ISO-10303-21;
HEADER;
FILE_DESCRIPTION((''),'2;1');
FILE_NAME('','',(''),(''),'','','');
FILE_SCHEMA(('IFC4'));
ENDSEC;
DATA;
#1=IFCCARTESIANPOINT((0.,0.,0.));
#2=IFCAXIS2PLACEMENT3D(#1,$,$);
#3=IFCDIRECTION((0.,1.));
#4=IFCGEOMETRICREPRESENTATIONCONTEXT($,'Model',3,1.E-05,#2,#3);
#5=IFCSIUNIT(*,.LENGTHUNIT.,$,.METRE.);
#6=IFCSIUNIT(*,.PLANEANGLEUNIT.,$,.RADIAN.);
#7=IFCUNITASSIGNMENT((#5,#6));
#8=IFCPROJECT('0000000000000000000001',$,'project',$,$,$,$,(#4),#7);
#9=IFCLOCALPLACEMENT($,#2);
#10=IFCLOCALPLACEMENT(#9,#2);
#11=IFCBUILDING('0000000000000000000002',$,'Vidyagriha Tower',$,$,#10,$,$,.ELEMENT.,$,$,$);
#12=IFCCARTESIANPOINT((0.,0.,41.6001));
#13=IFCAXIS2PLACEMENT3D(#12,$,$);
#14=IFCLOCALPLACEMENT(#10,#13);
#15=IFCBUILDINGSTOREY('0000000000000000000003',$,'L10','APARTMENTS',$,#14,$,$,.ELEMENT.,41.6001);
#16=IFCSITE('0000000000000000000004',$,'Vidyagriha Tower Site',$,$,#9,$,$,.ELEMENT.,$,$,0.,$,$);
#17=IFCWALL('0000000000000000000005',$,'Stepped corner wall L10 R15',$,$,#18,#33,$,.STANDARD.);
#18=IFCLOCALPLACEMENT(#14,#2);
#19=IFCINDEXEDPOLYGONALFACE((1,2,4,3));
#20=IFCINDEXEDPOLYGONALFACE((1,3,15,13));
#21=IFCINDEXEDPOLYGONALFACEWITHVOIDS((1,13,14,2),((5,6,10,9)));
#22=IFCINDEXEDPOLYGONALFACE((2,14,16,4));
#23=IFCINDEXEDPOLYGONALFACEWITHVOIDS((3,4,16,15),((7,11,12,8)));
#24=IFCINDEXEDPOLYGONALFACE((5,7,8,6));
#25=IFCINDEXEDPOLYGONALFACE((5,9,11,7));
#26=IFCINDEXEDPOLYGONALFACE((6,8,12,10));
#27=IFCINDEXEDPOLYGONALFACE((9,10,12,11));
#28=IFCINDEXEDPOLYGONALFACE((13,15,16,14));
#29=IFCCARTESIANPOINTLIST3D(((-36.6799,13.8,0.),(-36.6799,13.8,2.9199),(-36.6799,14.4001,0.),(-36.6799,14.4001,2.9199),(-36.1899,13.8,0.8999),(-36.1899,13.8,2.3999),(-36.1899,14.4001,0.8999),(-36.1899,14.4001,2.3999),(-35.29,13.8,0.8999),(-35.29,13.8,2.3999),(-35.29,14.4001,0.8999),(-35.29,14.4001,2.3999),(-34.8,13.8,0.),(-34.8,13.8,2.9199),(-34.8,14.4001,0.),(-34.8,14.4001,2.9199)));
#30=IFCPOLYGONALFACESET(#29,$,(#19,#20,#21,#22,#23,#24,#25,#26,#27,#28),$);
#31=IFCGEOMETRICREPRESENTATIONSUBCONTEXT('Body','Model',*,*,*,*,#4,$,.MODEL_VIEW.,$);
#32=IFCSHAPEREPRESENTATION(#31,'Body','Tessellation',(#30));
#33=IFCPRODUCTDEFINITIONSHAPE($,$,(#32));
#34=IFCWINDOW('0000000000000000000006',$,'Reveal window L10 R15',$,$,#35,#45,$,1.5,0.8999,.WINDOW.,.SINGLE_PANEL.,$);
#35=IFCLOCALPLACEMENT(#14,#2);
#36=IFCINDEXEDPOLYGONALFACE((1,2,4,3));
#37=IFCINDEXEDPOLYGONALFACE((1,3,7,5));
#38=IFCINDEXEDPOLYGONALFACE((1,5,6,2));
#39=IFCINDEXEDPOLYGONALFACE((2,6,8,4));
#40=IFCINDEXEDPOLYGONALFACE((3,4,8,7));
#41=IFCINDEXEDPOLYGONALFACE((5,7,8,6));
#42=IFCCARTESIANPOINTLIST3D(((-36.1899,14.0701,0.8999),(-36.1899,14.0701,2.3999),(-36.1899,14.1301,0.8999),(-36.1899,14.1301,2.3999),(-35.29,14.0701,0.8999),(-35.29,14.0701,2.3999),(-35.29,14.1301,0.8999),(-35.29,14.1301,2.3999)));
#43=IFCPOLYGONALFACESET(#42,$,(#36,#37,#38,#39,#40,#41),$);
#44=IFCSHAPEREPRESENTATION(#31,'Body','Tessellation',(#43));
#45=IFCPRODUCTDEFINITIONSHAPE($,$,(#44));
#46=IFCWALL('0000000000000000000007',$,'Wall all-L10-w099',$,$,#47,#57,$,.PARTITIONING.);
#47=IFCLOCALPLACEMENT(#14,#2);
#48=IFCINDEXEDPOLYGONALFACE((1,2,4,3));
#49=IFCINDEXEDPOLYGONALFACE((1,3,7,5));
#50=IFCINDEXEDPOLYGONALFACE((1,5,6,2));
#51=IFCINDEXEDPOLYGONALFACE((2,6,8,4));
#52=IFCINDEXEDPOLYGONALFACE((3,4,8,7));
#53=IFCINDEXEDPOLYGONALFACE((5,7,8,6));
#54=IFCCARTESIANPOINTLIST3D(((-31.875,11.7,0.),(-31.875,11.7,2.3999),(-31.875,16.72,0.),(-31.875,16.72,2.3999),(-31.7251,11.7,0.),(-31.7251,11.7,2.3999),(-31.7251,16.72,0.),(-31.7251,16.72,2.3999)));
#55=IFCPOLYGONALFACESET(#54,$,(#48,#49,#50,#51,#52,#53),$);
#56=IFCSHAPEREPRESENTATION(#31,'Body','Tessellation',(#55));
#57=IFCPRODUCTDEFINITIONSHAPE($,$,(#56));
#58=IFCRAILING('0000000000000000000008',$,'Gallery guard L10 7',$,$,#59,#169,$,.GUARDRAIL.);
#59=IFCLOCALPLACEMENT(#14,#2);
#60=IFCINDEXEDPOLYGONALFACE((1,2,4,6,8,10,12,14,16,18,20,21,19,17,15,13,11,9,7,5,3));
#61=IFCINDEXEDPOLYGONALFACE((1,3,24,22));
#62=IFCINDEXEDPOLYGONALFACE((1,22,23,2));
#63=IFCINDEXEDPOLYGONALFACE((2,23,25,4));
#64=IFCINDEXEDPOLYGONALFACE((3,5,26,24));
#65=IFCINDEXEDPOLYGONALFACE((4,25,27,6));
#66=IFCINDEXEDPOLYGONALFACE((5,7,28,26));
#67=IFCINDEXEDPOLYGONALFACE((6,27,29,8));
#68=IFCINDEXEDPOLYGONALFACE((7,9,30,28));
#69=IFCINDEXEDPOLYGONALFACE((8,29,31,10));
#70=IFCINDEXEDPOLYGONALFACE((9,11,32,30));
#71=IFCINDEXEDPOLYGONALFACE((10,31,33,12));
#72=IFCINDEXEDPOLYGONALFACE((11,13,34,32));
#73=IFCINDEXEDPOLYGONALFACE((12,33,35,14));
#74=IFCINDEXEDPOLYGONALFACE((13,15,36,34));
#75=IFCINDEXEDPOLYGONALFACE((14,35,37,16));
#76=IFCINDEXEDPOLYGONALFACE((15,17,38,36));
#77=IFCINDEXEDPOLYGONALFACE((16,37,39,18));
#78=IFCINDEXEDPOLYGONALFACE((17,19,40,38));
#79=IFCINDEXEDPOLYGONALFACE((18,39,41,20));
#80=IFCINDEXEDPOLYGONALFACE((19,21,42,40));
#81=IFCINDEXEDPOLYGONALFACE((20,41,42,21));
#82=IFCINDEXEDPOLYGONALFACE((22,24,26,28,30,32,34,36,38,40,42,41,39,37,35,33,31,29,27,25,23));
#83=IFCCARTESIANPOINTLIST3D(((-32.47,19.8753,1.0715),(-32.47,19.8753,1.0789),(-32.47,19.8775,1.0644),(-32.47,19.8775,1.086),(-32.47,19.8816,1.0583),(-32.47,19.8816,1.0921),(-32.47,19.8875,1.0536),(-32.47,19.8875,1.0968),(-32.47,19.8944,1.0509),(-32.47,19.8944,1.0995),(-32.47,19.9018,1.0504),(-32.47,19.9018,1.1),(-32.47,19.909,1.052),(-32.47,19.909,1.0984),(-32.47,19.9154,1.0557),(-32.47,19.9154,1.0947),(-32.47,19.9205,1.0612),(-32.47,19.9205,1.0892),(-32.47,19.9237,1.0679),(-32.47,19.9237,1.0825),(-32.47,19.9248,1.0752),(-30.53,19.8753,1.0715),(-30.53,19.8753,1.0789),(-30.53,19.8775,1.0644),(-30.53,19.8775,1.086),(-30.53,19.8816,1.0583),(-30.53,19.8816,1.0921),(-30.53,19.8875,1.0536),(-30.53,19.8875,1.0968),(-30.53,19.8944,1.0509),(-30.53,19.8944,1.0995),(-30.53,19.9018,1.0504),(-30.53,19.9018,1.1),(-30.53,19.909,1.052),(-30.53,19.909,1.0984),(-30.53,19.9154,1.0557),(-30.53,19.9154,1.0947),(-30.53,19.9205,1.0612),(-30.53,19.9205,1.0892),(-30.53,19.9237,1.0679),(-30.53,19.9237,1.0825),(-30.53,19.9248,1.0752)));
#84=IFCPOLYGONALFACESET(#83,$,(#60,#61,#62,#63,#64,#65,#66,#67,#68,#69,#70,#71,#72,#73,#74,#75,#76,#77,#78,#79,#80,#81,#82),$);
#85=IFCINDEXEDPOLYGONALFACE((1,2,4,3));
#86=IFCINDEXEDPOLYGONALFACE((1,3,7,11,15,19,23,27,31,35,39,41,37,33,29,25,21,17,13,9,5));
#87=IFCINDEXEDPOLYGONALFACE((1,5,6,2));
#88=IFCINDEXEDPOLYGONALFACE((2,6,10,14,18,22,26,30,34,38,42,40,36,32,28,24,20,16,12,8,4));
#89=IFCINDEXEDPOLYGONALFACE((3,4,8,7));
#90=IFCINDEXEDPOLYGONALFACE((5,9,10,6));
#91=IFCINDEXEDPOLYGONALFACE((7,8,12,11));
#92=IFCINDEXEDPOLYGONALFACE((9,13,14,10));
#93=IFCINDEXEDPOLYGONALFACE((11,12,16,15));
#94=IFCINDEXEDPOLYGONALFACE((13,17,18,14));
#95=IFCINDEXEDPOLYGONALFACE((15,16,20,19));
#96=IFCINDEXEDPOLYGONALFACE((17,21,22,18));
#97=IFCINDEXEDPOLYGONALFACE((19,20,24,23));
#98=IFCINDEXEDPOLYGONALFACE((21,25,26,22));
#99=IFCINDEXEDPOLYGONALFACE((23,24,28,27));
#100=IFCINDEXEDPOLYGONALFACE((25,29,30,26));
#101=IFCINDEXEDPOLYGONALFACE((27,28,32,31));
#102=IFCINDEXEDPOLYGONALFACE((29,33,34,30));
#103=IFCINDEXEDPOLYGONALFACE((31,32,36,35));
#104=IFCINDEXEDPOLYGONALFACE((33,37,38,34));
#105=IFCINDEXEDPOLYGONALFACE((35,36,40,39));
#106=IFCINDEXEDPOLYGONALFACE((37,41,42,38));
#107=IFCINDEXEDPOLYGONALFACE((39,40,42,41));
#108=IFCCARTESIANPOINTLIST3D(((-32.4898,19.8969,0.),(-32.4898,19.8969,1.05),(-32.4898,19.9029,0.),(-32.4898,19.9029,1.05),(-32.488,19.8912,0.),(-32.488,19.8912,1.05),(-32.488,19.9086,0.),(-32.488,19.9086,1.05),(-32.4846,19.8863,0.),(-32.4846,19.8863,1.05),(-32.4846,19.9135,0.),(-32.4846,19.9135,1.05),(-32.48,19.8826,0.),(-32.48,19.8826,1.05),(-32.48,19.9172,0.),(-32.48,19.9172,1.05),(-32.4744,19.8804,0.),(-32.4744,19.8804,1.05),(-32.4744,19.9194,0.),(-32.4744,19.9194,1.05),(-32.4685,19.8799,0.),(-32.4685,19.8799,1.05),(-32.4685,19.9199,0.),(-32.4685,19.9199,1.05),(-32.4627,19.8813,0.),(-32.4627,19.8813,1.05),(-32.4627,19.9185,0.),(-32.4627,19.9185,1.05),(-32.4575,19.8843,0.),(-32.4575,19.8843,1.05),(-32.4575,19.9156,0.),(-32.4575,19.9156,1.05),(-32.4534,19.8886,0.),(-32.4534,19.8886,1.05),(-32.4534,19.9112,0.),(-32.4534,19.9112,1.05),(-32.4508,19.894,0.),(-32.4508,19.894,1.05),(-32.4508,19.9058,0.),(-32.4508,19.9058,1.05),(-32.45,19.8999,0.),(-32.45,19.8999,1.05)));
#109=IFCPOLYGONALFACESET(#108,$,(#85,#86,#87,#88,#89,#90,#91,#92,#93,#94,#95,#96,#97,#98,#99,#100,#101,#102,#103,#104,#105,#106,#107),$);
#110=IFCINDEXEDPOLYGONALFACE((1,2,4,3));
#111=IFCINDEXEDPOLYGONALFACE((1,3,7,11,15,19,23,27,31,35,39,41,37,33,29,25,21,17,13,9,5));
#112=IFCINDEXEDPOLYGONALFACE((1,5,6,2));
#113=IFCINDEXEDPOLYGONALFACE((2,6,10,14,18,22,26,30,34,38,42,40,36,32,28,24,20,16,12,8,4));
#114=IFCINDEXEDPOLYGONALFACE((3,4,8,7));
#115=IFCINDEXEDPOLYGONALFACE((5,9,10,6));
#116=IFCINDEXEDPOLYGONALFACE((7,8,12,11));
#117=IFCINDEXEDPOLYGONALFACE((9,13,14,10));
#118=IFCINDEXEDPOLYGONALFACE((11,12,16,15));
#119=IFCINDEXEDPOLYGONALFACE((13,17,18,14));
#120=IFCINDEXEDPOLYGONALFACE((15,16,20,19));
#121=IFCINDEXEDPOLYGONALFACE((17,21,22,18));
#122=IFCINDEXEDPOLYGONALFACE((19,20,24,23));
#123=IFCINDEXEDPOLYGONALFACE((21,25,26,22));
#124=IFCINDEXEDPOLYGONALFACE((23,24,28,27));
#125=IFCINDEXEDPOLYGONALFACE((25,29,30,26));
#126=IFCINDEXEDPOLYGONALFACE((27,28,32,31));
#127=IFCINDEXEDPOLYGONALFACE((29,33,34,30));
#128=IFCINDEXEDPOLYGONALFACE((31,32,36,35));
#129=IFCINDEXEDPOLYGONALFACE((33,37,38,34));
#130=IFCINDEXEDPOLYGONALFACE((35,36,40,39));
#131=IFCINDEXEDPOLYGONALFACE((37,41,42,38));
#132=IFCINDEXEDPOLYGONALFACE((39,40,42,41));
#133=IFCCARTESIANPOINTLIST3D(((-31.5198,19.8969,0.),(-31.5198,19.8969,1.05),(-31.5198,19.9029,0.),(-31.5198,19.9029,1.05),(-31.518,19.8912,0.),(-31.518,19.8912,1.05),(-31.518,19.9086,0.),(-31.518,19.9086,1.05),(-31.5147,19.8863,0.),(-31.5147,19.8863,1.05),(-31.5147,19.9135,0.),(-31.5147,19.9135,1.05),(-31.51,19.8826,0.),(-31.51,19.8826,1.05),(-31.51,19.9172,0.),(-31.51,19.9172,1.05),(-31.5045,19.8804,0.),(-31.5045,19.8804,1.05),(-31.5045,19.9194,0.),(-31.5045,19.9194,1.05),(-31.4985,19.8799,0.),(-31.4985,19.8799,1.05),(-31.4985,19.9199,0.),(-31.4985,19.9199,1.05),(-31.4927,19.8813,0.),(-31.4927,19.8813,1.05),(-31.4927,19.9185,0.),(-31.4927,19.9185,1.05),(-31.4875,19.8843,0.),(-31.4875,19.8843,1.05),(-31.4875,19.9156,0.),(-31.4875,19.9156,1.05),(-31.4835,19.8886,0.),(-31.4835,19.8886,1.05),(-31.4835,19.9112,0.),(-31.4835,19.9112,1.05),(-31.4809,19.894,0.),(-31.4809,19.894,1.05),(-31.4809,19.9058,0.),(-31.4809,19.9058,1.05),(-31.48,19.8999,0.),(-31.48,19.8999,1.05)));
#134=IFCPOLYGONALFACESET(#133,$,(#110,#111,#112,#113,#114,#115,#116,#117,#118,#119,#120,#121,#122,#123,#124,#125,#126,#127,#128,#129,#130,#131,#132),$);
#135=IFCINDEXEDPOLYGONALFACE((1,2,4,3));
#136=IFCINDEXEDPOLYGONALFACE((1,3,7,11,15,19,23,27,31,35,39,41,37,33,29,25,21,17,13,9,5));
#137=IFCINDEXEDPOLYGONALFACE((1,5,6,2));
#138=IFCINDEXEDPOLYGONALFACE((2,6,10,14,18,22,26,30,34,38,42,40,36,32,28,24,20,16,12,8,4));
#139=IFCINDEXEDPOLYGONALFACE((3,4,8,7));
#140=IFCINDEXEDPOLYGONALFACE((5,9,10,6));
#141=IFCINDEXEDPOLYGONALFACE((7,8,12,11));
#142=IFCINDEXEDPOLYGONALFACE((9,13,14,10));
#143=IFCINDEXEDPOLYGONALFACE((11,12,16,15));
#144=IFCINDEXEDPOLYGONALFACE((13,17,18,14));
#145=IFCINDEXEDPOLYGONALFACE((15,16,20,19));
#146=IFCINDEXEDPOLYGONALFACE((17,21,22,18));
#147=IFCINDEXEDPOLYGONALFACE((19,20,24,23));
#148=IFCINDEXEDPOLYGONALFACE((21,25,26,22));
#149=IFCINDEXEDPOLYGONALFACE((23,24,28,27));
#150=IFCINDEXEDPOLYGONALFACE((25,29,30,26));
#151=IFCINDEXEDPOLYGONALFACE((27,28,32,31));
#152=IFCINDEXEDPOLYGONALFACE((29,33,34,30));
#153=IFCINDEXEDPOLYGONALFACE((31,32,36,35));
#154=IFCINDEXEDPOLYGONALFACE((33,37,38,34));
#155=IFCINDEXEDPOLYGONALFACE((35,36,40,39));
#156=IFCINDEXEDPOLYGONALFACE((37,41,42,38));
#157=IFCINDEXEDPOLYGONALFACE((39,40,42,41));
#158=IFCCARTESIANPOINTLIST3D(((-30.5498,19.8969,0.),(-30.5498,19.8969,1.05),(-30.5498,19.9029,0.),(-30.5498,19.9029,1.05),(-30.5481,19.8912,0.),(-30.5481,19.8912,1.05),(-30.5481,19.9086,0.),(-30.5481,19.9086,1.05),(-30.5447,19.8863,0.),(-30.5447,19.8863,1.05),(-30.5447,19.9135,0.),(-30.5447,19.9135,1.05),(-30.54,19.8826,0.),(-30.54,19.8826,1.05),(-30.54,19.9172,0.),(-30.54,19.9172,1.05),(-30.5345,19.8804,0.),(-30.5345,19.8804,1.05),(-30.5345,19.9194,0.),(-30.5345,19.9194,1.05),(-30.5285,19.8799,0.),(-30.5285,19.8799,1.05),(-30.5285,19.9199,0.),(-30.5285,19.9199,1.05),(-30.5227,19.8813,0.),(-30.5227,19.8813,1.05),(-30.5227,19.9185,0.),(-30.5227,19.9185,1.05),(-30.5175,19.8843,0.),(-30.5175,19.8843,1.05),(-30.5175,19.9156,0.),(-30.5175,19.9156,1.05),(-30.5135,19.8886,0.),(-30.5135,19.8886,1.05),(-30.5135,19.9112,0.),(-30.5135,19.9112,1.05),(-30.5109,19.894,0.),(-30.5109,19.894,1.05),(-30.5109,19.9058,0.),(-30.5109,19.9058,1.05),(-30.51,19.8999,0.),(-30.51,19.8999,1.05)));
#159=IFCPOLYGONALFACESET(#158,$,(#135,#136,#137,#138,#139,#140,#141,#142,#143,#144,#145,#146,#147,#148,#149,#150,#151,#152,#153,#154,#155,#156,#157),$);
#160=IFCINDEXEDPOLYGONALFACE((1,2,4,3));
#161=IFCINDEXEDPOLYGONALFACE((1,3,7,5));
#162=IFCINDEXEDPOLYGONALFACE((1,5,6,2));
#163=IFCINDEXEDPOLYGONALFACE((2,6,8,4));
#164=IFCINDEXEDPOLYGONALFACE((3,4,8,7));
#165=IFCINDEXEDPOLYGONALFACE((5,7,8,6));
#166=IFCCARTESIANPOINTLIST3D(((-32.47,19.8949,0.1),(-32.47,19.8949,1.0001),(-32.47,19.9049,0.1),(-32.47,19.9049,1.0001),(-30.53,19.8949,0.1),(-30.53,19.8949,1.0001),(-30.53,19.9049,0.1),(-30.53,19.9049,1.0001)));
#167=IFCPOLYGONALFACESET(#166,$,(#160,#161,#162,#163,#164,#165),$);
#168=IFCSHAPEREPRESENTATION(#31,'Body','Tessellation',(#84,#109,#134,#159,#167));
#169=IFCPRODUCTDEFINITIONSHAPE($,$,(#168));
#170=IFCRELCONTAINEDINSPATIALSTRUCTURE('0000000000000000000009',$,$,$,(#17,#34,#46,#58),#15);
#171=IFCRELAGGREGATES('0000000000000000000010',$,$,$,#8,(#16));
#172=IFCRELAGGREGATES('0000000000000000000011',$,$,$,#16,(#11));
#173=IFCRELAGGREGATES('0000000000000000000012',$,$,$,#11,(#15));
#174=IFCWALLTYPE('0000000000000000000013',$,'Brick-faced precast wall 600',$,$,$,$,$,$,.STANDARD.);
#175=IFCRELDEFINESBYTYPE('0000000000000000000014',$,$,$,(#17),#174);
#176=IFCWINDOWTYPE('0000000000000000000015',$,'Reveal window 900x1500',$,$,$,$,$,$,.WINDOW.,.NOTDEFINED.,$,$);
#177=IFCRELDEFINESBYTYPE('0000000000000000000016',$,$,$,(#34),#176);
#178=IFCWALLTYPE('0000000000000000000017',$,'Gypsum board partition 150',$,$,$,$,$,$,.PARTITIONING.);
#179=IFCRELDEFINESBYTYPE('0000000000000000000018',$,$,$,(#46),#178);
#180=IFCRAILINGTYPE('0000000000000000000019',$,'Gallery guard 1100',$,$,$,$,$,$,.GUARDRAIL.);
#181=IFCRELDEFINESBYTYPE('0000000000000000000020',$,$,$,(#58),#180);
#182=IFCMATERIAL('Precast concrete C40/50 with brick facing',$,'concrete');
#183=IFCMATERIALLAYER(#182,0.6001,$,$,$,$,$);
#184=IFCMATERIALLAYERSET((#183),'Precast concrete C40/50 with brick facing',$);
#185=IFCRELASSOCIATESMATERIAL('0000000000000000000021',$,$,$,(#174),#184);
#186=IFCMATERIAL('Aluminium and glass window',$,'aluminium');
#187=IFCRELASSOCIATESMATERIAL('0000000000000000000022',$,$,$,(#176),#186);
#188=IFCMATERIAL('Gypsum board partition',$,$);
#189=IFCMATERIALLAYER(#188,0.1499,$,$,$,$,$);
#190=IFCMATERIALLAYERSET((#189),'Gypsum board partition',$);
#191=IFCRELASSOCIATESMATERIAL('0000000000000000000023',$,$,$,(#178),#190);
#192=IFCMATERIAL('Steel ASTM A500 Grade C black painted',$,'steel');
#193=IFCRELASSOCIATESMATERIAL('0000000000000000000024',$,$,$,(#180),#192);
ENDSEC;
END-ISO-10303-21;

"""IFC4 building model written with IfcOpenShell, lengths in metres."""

from ifc_helpers import new_model, si_unit, direction, frame, frame_2d, origin, origin_2d, place, context, subcontext, project, spatial, rectangle, circle, extrude, material, layer, layer_set, type_object, element, fill, save


model = new_model("IFC4")

# Units and contexts
model_context = context("Model", 3, precision=1e-05, world=origin(), true_north=direction((0.0, 1.0)))
body_context = subcontext(model_context, "Body", "Model", "MODEL_VIEW")
ifc_project = project(units=[si_unit("LENGTHUNIT", "METRE"), si_unit("PLANEANGLEUNIT", "RADIAN")], contexts=[model_context])

# Site, building, storey
site_placement = place(None, origin())
site = spatial("IfcSite", under=ifc_project, at=site_placement, Name="Vidyagriha Tower Site", CompositionType="ELEMENT", RefElevation=0.0)
building_placement = place(site_placement, origin())
building = spatial("IfcBuilding", under=site, at=building_placement, Name="Vidyagriha Tower", CompositionType="ELEMENT")
storey_placement = place(building_placement, frame((0.0, 0.0, 41.6001)))
storey = spatial("IfcBuildingStorey", under=building, at=storey_placement, Name="L10", Description="APARTMENTS", CompositionType="ELEMENT", Elevation=41.6001)

# Shared definitions
ifc_material_1 = material(Name="Precast concrete C40/50 with brick facing", Category="concrete")
ifc_layer_1 = layer(ifc_material_1, 0.6001)
ifc_layer_set_1 = layer_set([ifc_layer_1], Name="Precast concrete C40/50 with brick facing")
wall_type_1 = type_object("IfcWallType", Name="Brick-faced precast wall 600", PredefinedType="STANDARD", material=ifc_layer_set_1)

# Shared definitions
ifc_material_2 = material(Name="Aluminium and glass window", Category="aluminium")
window_type = type_object("IfcWindowType", Name="Reveal window 900x1500", PartitioningType="NOTDEFINED", PredefinedType="WINDOW", material=ifc_material_2)

# Wall, opening, window
wall_1_placement = place(storey_placement, frame((-34.8, 14.1001, 0.0), z_axis=(0.0, 0.0, 1.0), x_axis=(-1.0, 0.0, 0.0)))
wall_1 = element("IfcWall", 1, at=wall_1_placement, inside=storey, type_object=wall_type_1, Name="Stepped corner wall L10 R15", PredefinedType="STANDARD", context=body_context, shape_type="SweptSolid", body=[
    extrude(rectangle(XDim=1.8799, YDim=0.6001, at=frame_2d((0.9399, 0.0))), origin(), (0.0, 0.0, 1.0), 2.9199),
])
opening_1_placement = place(wall_1_placement, frame((0.49, 0.0, 0.8999)))
opening_1 = element("IfcOpeningElement", 2, at=opening_1_placement, cuts=wall_1, PredefinedType="OPENING", context=body_context, shape_type="SweptSolid", body=[
    extrude(rectangle(XDim=0.8999, YDim=1.5, at=frame_2d((0.45, 0.75))), frame((0.0, 0.3101, 0.0), z_axis=(0.0, -1.0, 0.0), x_axis=(1.0, 0.0, 0.0)), (0.0, 0.0, 1.0), 0.6201),
])
window_1_placement = place(opening_1_placement, origin())
window_1 = element("IfcWindow", 3, at=window_1_placement, inside=storey, type_object=window_type, Name="Reveal window L10 R15", OverallHeight=1.5, OverallWidth=0.8999, PartitioningType="SINGLE_PANEL", PredefinedType="WINDOW", context=body_context, shape_type="SweptSolid", body=[
    extrude(rectangle(XDim=0.8999, YDim=1.5, at=frame_2d((0.45, 0.75))), frame((0.0, 0.03, 0.0), z_axis=(0.0, -1.0, 0.0), x_axis=(1.0, 0.0, 0.0)), (0.0, 0.0, 1.0), 0.0601),
])
fill(opening_1, window_1)

# Wall
ifc_material_3 = material(Name="Gypsum board partition")
ifc_layer_2 = layer(ifc_material_3, 0.1499)
ifc_layer_set_2 = layer_set([ifc_layer_2], Name="Gypsum board partition")
wall_type_2 = type_object("IfcWallType", Name="Gypsum board partition 150", PredefinedType="PARTITIONING", material=ifc_layer_set_2)
wall_2_placement = place(storey_placement, frame((-31.8, 16.72, 0.0), z_axis=(0.0, 0.0, 1.0), x_axis=(0.0, -1.0, 0.0)))
element("IfcWall", 4, at=wall_2_placement, inside=storey, type_object=wall_type_2, Name="Wall all-L10-w099", PredefinedType="PARTITIONING", context=body_context, shape_type="SweptSolid", body=[
    extrude(rectangle(XDim=5.02, YDim=0.1499, at=frame_2d((2.51, 0.0))), origin(), (0.0, 0.0, 1.0), 2.3999),
])

# Railing
ifc_material_4 = material(Name="Steel ASTM A500 Grade C black painted", Category="steel")
railing_type = type_object("IfcRailingType", Name="Gallery guard 1100", PredefinedType="GUARDRAIL", material=ifc_material_4)
railing_1_placement = place(storey_placement, frame((-32.47, 19.8999, 0.0)))
element("IfcRailing", 5, at=railing_1_placement, inside=storey, type_object=railing_type, Name="Gallery guard L10 7", PredefinedType="GUARDRAIL", context=body_context, shape_type="SweptSolid", body=[
    extrude(circle(Radius=0.0249, at=origin_2d()), frame((0.0, 0.0, 1.0752), z_axis=(1.0, 0.0, 0.0), x_axis=(0.0, 1.0, 0.0)), (0.0, 0.0, 1.0), 1.9399),
    extrude(circle(Radius=0.02, at=origin_2d()), origin(), (0.0, 0.0, 1.0), 1.05),
    extrude(circle(Radius=0.02, at=origin_2d()), frame((0.97, 0.0, 0.0)), (0.0, 0.0, 1.0), 1.05),
    extrude(circle(Radius=0.02, at=origin_2d()), frame((1.9399, 0.0, 0.0)), (0.0, 0.0, 1.0), 1.05),
    extrude(rectangle(XDim=0.01, YDim=0.9001, at=origin_2d()), frame((0.0, 0.0, 0.55), z_axis=(1.0, 0.0, 0.0), x_axis=(0.0, 1.0, 0.0)), (0.0, 0.0, 1.0), 1.9399),
])

save(model, "model.ifc")
